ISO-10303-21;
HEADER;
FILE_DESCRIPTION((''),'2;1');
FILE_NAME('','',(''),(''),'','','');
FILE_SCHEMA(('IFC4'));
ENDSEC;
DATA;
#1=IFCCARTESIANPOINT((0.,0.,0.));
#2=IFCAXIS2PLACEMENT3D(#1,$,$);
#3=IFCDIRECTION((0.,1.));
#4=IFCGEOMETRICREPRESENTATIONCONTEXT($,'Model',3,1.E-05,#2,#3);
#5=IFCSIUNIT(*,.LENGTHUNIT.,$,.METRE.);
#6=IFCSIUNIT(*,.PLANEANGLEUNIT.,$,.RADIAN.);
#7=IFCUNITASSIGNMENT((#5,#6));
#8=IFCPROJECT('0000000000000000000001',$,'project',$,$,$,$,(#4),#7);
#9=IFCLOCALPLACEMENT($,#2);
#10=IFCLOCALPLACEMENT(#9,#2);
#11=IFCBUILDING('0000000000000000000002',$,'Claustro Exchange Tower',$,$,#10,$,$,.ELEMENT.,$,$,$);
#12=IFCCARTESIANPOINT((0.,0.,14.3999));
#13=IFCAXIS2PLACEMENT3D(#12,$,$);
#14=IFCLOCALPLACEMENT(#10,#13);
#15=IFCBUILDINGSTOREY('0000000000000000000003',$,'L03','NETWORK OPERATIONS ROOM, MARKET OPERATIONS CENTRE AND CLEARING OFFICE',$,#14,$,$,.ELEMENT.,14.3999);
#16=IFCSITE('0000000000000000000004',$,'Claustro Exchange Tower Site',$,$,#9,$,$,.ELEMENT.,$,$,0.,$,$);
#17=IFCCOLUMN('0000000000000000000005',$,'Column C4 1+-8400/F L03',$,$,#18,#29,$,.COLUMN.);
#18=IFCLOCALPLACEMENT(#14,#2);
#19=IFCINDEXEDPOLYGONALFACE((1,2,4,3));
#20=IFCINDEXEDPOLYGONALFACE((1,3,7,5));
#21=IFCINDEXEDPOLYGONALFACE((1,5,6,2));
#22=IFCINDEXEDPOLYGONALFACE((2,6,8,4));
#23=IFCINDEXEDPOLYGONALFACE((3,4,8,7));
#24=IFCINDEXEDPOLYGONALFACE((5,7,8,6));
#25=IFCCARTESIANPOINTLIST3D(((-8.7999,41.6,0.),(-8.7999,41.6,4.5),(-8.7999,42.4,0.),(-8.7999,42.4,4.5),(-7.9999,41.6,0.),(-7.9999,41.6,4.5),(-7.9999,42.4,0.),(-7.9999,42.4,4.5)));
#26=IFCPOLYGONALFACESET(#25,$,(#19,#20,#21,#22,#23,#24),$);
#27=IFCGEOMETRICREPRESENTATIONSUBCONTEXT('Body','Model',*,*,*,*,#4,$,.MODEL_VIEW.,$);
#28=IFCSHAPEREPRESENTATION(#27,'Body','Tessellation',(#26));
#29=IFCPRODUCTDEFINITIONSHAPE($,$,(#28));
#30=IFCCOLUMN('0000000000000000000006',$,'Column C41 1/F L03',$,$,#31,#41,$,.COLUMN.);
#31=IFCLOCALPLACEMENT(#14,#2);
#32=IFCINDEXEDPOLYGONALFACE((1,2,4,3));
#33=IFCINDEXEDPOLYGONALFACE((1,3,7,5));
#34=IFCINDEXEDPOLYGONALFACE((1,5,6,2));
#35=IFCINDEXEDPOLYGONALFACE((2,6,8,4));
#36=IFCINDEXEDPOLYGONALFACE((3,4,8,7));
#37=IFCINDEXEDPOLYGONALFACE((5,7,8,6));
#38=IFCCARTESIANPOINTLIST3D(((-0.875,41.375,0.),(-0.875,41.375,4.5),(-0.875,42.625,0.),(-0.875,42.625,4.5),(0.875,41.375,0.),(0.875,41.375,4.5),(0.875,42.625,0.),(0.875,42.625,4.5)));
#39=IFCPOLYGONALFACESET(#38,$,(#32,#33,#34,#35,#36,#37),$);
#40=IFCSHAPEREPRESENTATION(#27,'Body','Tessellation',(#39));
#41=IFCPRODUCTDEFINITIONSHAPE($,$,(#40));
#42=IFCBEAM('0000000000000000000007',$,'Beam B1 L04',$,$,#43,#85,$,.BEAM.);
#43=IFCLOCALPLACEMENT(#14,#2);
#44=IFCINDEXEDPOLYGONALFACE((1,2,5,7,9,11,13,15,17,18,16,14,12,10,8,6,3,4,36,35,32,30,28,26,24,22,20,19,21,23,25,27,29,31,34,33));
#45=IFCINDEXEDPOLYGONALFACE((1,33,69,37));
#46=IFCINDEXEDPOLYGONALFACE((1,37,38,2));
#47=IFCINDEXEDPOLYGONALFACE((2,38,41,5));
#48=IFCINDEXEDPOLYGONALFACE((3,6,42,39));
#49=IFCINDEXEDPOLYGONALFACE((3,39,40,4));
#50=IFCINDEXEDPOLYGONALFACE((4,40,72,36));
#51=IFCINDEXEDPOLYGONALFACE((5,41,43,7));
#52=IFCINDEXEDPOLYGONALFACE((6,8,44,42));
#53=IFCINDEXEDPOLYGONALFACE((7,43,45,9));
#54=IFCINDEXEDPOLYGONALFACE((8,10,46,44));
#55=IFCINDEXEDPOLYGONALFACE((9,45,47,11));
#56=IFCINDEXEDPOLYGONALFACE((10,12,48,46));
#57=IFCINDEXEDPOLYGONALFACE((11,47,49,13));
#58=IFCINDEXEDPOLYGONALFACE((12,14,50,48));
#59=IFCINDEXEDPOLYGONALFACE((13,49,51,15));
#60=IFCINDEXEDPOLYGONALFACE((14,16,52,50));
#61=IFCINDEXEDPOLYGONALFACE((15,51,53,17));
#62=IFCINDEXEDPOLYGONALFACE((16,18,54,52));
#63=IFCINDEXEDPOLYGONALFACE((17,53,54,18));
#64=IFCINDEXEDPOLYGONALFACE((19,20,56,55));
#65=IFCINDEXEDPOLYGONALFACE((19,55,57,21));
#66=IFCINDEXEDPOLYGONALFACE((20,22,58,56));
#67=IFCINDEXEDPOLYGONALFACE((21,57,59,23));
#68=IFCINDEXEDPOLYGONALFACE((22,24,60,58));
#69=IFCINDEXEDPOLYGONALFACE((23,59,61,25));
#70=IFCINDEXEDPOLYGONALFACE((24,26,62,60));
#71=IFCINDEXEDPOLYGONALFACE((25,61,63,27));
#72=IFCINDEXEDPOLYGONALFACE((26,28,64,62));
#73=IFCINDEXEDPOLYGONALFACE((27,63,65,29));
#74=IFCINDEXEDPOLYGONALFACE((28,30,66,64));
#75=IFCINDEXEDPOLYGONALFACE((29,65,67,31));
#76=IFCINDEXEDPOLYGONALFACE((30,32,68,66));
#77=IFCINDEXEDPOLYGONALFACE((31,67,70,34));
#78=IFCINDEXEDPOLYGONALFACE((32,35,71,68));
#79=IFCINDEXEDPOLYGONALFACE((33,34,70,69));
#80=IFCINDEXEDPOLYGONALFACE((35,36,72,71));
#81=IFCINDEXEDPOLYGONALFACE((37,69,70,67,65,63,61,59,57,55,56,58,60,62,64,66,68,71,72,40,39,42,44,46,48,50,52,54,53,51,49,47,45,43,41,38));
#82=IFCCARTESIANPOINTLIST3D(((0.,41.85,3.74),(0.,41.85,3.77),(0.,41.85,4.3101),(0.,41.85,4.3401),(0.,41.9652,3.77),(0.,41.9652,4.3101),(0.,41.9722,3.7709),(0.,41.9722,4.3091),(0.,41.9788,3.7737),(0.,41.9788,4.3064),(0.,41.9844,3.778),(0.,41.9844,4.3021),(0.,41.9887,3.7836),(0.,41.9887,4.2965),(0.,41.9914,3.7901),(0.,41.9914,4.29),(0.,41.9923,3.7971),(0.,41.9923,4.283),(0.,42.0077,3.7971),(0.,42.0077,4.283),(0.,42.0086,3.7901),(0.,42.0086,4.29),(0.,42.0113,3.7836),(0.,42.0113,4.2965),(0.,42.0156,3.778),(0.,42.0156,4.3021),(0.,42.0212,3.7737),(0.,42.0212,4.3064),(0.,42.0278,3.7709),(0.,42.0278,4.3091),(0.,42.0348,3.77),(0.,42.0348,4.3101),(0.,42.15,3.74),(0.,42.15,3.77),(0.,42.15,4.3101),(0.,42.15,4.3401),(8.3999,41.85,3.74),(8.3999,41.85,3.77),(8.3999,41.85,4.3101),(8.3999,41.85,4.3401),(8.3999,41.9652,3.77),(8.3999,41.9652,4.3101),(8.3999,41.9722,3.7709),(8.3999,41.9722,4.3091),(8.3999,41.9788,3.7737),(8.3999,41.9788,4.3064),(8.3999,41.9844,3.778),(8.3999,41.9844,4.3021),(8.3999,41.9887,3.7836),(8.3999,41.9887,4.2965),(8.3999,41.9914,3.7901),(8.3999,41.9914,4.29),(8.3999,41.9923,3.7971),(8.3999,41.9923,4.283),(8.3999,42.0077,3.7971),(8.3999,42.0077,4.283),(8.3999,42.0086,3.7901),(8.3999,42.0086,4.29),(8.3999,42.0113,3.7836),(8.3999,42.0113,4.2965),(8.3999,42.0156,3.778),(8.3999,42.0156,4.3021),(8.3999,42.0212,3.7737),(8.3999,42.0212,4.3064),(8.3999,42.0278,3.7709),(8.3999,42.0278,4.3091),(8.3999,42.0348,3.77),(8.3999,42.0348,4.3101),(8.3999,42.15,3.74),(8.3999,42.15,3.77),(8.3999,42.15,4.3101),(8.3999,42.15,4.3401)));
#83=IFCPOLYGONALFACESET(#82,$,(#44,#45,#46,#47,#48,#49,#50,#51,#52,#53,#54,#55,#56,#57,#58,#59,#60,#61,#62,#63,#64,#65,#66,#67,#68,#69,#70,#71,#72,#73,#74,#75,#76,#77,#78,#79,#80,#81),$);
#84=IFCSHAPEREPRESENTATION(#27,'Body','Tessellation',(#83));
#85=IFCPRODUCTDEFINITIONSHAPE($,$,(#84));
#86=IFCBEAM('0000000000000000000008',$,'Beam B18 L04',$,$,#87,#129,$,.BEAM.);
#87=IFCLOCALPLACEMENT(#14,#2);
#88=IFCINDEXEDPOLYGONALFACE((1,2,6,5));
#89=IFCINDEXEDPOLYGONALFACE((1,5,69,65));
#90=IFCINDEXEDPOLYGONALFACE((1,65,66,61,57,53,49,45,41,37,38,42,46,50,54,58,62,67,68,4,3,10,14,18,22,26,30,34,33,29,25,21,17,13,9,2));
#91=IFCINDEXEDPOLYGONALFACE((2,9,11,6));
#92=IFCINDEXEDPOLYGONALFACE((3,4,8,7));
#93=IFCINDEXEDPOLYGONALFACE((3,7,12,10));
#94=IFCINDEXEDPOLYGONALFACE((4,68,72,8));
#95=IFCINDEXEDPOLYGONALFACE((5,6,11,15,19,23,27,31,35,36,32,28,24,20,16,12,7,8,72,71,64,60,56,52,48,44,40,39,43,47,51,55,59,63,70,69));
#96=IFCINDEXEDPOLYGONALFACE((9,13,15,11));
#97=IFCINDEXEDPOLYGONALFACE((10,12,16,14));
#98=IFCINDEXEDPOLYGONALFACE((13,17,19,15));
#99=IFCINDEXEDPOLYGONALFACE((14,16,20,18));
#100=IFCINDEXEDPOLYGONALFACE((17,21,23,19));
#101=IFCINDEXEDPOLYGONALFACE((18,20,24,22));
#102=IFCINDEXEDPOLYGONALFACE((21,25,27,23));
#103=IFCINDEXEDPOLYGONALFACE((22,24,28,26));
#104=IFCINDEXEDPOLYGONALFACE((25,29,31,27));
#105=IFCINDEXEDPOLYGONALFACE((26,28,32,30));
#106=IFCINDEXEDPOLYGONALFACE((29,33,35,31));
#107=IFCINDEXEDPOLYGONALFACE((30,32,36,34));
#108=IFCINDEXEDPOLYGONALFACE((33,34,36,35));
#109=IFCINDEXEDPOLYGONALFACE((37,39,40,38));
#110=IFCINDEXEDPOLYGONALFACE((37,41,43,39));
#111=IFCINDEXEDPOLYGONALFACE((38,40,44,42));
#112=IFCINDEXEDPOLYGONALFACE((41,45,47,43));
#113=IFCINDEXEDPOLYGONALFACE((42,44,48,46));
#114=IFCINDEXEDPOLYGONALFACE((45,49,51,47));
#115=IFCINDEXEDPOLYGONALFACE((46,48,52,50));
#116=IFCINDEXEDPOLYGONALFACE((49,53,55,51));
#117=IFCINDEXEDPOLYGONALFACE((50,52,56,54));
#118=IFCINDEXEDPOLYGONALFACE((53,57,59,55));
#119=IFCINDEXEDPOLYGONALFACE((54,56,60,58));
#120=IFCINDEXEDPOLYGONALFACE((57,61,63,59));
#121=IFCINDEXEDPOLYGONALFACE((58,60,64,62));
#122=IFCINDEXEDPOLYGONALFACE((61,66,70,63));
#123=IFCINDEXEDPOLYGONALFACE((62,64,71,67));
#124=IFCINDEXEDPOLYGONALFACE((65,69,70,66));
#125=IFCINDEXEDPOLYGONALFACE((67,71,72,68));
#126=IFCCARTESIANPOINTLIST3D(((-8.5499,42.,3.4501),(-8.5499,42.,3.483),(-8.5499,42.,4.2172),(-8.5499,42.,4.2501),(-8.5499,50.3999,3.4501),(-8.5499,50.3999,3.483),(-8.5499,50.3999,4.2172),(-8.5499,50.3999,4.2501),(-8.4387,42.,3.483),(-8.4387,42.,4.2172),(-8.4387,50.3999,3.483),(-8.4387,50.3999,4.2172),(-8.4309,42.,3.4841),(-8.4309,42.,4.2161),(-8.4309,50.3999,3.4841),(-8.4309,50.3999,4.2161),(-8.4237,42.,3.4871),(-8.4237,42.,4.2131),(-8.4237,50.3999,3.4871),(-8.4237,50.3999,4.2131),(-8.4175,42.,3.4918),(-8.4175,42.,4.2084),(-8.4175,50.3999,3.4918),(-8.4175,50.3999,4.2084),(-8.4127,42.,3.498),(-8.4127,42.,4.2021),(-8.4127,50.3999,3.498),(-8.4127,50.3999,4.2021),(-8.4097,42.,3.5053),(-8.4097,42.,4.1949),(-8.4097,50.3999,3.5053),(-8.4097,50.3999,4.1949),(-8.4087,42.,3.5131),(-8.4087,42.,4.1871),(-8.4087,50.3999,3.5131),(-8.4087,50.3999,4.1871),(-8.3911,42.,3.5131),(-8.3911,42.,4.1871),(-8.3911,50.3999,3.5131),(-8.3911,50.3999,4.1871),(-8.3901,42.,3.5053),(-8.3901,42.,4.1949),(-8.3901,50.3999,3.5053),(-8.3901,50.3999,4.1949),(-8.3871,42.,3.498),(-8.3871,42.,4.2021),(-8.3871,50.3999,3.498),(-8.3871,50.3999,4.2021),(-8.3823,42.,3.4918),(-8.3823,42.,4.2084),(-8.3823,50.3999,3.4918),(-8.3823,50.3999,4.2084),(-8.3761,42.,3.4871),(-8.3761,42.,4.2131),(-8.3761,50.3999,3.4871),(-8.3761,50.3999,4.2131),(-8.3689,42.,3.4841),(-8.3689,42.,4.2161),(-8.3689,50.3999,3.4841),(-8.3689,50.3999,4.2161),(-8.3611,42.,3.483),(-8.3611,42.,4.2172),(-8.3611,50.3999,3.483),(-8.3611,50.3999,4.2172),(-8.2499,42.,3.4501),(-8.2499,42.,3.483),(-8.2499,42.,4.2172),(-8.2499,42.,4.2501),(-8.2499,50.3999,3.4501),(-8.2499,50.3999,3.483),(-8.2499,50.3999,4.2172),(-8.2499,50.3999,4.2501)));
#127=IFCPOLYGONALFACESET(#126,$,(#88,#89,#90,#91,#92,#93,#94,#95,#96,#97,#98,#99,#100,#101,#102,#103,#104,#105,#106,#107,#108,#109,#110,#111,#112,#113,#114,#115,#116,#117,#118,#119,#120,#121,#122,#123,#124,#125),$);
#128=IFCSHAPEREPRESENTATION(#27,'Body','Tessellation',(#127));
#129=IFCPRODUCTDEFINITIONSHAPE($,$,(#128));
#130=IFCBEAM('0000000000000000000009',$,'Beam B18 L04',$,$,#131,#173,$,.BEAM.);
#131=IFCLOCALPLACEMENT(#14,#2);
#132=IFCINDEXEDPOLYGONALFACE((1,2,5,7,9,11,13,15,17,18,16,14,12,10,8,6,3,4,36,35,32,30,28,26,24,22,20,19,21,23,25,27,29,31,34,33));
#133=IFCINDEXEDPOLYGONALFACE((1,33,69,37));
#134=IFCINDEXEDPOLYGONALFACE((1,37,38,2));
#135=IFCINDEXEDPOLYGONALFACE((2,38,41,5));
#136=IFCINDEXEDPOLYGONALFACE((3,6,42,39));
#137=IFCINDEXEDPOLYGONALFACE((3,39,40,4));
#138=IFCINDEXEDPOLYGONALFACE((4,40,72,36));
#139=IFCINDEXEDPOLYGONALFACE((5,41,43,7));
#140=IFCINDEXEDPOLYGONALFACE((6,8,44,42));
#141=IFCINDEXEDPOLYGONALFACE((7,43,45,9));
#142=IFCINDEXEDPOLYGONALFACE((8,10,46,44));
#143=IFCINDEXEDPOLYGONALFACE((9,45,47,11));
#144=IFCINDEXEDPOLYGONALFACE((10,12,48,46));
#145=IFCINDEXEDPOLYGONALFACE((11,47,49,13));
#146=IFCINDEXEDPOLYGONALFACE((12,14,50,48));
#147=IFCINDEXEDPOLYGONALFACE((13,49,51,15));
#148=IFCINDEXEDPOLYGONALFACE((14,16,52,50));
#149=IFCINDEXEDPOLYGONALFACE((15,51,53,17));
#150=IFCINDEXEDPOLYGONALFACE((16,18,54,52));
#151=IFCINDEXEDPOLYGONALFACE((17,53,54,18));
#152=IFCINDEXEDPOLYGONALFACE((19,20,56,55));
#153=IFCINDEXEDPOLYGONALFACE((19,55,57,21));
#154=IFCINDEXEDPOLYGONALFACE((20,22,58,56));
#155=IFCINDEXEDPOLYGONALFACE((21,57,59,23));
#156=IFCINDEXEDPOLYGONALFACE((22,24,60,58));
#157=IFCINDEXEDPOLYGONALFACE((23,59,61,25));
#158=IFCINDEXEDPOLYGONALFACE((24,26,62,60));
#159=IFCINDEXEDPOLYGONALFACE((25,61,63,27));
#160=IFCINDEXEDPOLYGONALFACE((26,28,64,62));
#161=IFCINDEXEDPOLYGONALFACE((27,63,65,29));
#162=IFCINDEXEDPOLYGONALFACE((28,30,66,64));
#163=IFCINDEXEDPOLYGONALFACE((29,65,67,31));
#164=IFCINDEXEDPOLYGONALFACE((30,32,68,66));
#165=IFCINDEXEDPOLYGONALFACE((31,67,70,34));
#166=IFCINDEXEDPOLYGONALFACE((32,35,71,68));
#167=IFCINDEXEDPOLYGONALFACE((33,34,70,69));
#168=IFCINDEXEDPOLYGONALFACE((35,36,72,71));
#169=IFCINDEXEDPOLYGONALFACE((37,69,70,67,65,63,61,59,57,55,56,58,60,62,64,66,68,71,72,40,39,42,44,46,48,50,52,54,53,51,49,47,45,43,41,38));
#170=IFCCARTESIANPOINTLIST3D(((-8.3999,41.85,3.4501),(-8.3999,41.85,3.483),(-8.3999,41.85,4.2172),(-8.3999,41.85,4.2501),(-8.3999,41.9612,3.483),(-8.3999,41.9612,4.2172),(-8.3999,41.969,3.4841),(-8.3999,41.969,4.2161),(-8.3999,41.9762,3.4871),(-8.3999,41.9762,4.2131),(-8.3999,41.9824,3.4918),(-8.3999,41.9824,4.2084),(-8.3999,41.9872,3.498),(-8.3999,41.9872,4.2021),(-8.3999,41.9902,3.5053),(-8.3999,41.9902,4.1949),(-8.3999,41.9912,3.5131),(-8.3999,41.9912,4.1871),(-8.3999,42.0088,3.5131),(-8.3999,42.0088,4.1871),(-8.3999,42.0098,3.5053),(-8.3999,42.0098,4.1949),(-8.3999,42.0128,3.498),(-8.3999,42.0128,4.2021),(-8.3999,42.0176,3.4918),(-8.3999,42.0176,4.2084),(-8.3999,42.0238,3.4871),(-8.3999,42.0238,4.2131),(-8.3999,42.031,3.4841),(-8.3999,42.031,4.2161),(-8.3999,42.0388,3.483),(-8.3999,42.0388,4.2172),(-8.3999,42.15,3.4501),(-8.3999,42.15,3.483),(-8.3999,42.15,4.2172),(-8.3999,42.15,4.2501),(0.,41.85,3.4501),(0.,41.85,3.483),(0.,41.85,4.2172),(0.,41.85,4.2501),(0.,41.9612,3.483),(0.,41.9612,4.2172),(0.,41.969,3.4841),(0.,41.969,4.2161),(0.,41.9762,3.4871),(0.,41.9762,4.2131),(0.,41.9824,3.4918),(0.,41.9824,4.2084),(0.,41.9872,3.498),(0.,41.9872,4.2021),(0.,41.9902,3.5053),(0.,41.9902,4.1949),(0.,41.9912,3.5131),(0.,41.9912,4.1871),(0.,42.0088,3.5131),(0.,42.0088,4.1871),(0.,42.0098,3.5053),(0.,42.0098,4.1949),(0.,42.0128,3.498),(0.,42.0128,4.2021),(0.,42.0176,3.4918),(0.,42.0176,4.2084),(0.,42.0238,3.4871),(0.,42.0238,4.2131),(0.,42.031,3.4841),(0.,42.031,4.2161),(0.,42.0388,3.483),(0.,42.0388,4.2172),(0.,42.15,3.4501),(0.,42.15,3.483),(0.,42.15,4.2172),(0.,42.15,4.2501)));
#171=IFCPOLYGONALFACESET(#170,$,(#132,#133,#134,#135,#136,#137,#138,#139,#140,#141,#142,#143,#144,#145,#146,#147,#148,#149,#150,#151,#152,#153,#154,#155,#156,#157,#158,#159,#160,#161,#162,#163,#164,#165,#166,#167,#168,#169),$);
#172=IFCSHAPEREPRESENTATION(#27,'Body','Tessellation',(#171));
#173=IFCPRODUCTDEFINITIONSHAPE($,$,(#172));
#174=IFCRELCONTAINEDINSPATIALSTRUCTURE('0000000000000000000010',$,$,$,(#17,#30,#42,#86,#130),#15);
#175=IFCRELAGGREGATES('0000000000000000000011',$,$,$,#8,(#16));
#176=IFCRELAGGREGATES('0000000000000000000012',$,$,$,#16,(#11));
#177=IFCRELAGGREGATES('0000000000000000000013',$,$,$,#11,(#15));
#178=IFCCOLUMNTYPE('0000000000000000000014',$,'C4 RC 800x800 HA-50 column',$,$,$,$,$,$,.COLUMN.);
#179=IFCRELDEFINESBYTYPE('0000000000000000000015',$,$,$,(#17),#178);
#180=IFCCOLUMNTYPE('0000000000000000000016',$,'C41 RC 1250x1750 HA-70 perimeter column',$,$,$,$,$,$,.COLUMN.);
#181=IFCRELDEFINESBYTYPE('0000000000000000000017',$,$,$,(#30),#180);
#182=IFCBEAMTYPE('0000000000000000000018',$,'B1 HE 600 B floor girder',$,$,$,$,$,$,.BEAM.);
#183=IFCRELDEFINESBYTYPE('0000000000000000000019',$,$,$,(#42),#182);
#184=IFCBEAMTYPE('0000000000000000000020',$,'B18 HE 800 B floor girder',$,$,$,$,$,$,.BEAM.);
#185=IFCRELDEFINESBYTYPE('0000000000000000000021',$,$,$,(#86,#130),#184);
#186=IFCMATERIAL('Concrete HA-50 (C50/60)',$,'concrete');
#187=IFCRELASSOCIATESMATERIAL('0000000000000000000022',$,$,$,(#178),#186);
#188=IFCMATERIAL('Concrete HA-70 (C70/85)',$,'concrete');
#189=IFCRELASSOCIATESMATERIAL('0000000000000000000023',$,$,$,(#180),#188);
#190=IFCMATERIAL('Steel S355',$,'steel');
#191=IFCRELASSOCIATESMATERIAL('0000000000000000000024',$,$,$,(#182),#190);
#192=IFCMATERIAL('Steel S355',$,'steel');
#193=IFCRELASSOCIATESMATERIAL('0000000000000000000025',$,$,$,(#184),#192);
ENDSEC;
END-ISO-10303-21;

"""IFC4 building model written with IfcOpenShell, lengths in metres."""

from ifc_helpers import new_model, si_unit, direction, frame, origin, origin_2d, place, context, subcontext, project, spatial, rectangle, i_section, extrude, material, material_profile, profile_set, type_object, element, save


model = new_model("IFC4")

# Units and contexts
model_context = context("Model", 3, precision=1e-05, world=origin(), true_north=direction((0.0, 1.0)))
body_context = subcontext(model_context, "Body", "Model", "MODEL_VIEW")
ifc_project = project(units=[si_unit("LENGTHUNIT", "METRE"), si_unit("PLANEANGLEUNIT", "RADIAN")], contexts=[model_context])

# Site, building, storey
site_placement = place(None, origin())
site = spatial("IfcSite", under=ifc_project, at=site_placement, Name="Claustro Exchange Tower Site", CompositionType="ELEMENT", RefElevation=0.0)
building_placement = place(site_placement, origin())
building = spatial("IfcBuilding", under=site, at=building_placement, Name="Claustro Exchange Tower", CompositionType="ELEMENT")
storey_placement = place(building_placement, frame((0.0, 0.0, 14.3999)))
storey = spatial("IfcBuildingStorey", under=building, at=storey_placement, Name="L03", Description="NETWORK OPERATIONS ROOM, MARKET OPERATIONS CENTRE AND CLEARING OFFICE", CompositionType="ELEMENT", Elevation=14.3999)

# Columns
ifc_material_1 = material(Name="Concrete HA-50 (C50/60)", Category="concrete")
ifc_material_profile_1 = material_profile(ifc_material_1, rectangle(XDim=0.8, YDim=0.8, at=origin_2d()), Name="RC 800x800")
ifc_profile_set_1 = profile_set([ifc_material_profile_1], Name="Concrete HA-50 (C50/60)")
column_type_1 = type_object("IfcColumnType", Name="C4 RC 800x800 HA-50 column", PredefinedType="COLUMN", material=ifc_profile_set_1)
column_1_placement = place(storey_placement, frame((-8.3999, 42.0, 0.0), z_axis=(0.0, 0.0, 1.0), x_axis=(1.0, 0.0, 0.0)))
element("IfcColumn", 1, at=column_1_placement, inside=storey, type_object=column_type_1, Name="Column C4 1+-8400/F L03", PredefinedType="COLUMN", context=body_context, shape_type="SweptSolid", body=[
    extrude(rectangle(XDim=0.8, YDim=0.8, at=origin_2d()), origin(), (0.0, 0.0, 1.0), 4.5),
])
ifc_material_2 = material(Name="Concrete HA-70 (C70/85)", Category="concrete")
ifc_material_profile_2 = material_profile(ifc_material_2, rectangle(XDim=1.25, YDim=1.75, at=origin_2d()), Name="RC 1250x1750")
ifc_profile_set_2 = profile_set([ifc_material_profile_2], Name="Concrete HA-70 (C70/85)")
column_type_2 = type_object("IfcColumnType", Name="C41 RC 1250x1750 HA-70 perimeter column", PredefinedType="COLUMN", material=ifc_profile_set_2)
column_2_placement = place(storey_placement, frame((0.0, 42.0, 0.0), z_axis=(0.0, 0.0, 1.0), x_axis=(0.0, 1.0, 0.0)))
element("IfcColumn", 2, at=column_2_placement, inside=storey, type_object=column_type_2, Name="Column C41 1/F L03", PredefinedType="COLUMN", context=body_context, shape_type="SweptSolid", body=[
    extrude(rectangle(XDim=1.25, YDim=1.75, at=origin_2d()), origin(), (0.0, 0.0, 1.0), 4.5),
])

# Beams
ifc_material_3 = material(Name="Steel S355", Category="steel")
ifc_material_profile_3 = material_profile(ifc_material_3, i_section(OverallWidth=0.3, OverallDepth=0.6001, WebThickness=0.0154, FlangeThickness=0.03, FilletRadius=0.0271, at=origin_2d()), Name="HE 600 B")
ifc_profile_set_3 = profile_set([ifc_material_profile_3], Name="Steel S355")
beam_type_1 = type_object("IfcBeamType", Name="B1 HE 600 B floor girder", PredefinedType="BEAM", material=ifc_profile_set_3)
beam_1_placement = place(storey_placement, frame((0.0, 42.0, 4.04), z_axis=(1.0, 0.0, 0.0), x_axis=(0.0, 1.0, 0.0)))
element("IfcBeam", 3, at=beam_1_placement, inside=storey, type_object=beam_type_1, Name="Beam B1 L04", PredefinedType="BEAM", context=body_context, shape_type="SweptSolid", body=[
    extrude(i_section(OverallWidth=0.3, OverallDepth=0.6001, WebThickness=0.0154, FlangeThickness=0.03, FilletRadius=0.0271, at=origin_2d()), origin(), (0.0, 0.0, 1.0), 8.3999),
])
ifc_material_4 = material(Name="Steel S355", Category="steel")
ifc_material_profile_4 = material_profile(ifc_material_4, i_section(OverallWidth=0.3, OverallDepth=0.8, WebThickness=0.0176, FlangeThickness=0.033, FilletRadius=0.03, at=origin_2d()), Name="HE 800 B")
ifc_profile_set_4 = profile_set([ifc_material_profile_4], Name="Steel S355")
beam_type_2 = type_object("IfcBeamType", Name="B18 HE 800 B floor girder", PredefinedType="BEAM", material=ifc_profile_set_4)
for number, where, z_axis, x_axis, name in (
    (4, (-8.3999, 42.0, 3.8501), (0.0, 1.0, 0.0), (-1.0, 0.0, 0.0), "Beam B18 L04"),
    (5, (-8.3999, 42.0, 3.8501), (1.0, 0.0, 0.0), (0.0, 1.0, 0.0), "Beam B18 L04"),
):
    element("IfcBeam", number, at=place(storey_placement, frame(where, z_axis=z_axis, x_axis=x_axis)), inside=storey, type_object=beam_type_2, Name=name, PredefinedType="BEAM", context=body_context, shape_type="SweptSolid", body=[
        extrude(i_section(OverallWidth=0.3, OverallDepth=0.8, WebThickness=0.0176, FlangeThickness=0.033, FilletRadius=0.03, at=origin_2d()), origin(), (0.0, 0.0, 1.0), 8.3999),
    ])

save(model, "model.ifc")
